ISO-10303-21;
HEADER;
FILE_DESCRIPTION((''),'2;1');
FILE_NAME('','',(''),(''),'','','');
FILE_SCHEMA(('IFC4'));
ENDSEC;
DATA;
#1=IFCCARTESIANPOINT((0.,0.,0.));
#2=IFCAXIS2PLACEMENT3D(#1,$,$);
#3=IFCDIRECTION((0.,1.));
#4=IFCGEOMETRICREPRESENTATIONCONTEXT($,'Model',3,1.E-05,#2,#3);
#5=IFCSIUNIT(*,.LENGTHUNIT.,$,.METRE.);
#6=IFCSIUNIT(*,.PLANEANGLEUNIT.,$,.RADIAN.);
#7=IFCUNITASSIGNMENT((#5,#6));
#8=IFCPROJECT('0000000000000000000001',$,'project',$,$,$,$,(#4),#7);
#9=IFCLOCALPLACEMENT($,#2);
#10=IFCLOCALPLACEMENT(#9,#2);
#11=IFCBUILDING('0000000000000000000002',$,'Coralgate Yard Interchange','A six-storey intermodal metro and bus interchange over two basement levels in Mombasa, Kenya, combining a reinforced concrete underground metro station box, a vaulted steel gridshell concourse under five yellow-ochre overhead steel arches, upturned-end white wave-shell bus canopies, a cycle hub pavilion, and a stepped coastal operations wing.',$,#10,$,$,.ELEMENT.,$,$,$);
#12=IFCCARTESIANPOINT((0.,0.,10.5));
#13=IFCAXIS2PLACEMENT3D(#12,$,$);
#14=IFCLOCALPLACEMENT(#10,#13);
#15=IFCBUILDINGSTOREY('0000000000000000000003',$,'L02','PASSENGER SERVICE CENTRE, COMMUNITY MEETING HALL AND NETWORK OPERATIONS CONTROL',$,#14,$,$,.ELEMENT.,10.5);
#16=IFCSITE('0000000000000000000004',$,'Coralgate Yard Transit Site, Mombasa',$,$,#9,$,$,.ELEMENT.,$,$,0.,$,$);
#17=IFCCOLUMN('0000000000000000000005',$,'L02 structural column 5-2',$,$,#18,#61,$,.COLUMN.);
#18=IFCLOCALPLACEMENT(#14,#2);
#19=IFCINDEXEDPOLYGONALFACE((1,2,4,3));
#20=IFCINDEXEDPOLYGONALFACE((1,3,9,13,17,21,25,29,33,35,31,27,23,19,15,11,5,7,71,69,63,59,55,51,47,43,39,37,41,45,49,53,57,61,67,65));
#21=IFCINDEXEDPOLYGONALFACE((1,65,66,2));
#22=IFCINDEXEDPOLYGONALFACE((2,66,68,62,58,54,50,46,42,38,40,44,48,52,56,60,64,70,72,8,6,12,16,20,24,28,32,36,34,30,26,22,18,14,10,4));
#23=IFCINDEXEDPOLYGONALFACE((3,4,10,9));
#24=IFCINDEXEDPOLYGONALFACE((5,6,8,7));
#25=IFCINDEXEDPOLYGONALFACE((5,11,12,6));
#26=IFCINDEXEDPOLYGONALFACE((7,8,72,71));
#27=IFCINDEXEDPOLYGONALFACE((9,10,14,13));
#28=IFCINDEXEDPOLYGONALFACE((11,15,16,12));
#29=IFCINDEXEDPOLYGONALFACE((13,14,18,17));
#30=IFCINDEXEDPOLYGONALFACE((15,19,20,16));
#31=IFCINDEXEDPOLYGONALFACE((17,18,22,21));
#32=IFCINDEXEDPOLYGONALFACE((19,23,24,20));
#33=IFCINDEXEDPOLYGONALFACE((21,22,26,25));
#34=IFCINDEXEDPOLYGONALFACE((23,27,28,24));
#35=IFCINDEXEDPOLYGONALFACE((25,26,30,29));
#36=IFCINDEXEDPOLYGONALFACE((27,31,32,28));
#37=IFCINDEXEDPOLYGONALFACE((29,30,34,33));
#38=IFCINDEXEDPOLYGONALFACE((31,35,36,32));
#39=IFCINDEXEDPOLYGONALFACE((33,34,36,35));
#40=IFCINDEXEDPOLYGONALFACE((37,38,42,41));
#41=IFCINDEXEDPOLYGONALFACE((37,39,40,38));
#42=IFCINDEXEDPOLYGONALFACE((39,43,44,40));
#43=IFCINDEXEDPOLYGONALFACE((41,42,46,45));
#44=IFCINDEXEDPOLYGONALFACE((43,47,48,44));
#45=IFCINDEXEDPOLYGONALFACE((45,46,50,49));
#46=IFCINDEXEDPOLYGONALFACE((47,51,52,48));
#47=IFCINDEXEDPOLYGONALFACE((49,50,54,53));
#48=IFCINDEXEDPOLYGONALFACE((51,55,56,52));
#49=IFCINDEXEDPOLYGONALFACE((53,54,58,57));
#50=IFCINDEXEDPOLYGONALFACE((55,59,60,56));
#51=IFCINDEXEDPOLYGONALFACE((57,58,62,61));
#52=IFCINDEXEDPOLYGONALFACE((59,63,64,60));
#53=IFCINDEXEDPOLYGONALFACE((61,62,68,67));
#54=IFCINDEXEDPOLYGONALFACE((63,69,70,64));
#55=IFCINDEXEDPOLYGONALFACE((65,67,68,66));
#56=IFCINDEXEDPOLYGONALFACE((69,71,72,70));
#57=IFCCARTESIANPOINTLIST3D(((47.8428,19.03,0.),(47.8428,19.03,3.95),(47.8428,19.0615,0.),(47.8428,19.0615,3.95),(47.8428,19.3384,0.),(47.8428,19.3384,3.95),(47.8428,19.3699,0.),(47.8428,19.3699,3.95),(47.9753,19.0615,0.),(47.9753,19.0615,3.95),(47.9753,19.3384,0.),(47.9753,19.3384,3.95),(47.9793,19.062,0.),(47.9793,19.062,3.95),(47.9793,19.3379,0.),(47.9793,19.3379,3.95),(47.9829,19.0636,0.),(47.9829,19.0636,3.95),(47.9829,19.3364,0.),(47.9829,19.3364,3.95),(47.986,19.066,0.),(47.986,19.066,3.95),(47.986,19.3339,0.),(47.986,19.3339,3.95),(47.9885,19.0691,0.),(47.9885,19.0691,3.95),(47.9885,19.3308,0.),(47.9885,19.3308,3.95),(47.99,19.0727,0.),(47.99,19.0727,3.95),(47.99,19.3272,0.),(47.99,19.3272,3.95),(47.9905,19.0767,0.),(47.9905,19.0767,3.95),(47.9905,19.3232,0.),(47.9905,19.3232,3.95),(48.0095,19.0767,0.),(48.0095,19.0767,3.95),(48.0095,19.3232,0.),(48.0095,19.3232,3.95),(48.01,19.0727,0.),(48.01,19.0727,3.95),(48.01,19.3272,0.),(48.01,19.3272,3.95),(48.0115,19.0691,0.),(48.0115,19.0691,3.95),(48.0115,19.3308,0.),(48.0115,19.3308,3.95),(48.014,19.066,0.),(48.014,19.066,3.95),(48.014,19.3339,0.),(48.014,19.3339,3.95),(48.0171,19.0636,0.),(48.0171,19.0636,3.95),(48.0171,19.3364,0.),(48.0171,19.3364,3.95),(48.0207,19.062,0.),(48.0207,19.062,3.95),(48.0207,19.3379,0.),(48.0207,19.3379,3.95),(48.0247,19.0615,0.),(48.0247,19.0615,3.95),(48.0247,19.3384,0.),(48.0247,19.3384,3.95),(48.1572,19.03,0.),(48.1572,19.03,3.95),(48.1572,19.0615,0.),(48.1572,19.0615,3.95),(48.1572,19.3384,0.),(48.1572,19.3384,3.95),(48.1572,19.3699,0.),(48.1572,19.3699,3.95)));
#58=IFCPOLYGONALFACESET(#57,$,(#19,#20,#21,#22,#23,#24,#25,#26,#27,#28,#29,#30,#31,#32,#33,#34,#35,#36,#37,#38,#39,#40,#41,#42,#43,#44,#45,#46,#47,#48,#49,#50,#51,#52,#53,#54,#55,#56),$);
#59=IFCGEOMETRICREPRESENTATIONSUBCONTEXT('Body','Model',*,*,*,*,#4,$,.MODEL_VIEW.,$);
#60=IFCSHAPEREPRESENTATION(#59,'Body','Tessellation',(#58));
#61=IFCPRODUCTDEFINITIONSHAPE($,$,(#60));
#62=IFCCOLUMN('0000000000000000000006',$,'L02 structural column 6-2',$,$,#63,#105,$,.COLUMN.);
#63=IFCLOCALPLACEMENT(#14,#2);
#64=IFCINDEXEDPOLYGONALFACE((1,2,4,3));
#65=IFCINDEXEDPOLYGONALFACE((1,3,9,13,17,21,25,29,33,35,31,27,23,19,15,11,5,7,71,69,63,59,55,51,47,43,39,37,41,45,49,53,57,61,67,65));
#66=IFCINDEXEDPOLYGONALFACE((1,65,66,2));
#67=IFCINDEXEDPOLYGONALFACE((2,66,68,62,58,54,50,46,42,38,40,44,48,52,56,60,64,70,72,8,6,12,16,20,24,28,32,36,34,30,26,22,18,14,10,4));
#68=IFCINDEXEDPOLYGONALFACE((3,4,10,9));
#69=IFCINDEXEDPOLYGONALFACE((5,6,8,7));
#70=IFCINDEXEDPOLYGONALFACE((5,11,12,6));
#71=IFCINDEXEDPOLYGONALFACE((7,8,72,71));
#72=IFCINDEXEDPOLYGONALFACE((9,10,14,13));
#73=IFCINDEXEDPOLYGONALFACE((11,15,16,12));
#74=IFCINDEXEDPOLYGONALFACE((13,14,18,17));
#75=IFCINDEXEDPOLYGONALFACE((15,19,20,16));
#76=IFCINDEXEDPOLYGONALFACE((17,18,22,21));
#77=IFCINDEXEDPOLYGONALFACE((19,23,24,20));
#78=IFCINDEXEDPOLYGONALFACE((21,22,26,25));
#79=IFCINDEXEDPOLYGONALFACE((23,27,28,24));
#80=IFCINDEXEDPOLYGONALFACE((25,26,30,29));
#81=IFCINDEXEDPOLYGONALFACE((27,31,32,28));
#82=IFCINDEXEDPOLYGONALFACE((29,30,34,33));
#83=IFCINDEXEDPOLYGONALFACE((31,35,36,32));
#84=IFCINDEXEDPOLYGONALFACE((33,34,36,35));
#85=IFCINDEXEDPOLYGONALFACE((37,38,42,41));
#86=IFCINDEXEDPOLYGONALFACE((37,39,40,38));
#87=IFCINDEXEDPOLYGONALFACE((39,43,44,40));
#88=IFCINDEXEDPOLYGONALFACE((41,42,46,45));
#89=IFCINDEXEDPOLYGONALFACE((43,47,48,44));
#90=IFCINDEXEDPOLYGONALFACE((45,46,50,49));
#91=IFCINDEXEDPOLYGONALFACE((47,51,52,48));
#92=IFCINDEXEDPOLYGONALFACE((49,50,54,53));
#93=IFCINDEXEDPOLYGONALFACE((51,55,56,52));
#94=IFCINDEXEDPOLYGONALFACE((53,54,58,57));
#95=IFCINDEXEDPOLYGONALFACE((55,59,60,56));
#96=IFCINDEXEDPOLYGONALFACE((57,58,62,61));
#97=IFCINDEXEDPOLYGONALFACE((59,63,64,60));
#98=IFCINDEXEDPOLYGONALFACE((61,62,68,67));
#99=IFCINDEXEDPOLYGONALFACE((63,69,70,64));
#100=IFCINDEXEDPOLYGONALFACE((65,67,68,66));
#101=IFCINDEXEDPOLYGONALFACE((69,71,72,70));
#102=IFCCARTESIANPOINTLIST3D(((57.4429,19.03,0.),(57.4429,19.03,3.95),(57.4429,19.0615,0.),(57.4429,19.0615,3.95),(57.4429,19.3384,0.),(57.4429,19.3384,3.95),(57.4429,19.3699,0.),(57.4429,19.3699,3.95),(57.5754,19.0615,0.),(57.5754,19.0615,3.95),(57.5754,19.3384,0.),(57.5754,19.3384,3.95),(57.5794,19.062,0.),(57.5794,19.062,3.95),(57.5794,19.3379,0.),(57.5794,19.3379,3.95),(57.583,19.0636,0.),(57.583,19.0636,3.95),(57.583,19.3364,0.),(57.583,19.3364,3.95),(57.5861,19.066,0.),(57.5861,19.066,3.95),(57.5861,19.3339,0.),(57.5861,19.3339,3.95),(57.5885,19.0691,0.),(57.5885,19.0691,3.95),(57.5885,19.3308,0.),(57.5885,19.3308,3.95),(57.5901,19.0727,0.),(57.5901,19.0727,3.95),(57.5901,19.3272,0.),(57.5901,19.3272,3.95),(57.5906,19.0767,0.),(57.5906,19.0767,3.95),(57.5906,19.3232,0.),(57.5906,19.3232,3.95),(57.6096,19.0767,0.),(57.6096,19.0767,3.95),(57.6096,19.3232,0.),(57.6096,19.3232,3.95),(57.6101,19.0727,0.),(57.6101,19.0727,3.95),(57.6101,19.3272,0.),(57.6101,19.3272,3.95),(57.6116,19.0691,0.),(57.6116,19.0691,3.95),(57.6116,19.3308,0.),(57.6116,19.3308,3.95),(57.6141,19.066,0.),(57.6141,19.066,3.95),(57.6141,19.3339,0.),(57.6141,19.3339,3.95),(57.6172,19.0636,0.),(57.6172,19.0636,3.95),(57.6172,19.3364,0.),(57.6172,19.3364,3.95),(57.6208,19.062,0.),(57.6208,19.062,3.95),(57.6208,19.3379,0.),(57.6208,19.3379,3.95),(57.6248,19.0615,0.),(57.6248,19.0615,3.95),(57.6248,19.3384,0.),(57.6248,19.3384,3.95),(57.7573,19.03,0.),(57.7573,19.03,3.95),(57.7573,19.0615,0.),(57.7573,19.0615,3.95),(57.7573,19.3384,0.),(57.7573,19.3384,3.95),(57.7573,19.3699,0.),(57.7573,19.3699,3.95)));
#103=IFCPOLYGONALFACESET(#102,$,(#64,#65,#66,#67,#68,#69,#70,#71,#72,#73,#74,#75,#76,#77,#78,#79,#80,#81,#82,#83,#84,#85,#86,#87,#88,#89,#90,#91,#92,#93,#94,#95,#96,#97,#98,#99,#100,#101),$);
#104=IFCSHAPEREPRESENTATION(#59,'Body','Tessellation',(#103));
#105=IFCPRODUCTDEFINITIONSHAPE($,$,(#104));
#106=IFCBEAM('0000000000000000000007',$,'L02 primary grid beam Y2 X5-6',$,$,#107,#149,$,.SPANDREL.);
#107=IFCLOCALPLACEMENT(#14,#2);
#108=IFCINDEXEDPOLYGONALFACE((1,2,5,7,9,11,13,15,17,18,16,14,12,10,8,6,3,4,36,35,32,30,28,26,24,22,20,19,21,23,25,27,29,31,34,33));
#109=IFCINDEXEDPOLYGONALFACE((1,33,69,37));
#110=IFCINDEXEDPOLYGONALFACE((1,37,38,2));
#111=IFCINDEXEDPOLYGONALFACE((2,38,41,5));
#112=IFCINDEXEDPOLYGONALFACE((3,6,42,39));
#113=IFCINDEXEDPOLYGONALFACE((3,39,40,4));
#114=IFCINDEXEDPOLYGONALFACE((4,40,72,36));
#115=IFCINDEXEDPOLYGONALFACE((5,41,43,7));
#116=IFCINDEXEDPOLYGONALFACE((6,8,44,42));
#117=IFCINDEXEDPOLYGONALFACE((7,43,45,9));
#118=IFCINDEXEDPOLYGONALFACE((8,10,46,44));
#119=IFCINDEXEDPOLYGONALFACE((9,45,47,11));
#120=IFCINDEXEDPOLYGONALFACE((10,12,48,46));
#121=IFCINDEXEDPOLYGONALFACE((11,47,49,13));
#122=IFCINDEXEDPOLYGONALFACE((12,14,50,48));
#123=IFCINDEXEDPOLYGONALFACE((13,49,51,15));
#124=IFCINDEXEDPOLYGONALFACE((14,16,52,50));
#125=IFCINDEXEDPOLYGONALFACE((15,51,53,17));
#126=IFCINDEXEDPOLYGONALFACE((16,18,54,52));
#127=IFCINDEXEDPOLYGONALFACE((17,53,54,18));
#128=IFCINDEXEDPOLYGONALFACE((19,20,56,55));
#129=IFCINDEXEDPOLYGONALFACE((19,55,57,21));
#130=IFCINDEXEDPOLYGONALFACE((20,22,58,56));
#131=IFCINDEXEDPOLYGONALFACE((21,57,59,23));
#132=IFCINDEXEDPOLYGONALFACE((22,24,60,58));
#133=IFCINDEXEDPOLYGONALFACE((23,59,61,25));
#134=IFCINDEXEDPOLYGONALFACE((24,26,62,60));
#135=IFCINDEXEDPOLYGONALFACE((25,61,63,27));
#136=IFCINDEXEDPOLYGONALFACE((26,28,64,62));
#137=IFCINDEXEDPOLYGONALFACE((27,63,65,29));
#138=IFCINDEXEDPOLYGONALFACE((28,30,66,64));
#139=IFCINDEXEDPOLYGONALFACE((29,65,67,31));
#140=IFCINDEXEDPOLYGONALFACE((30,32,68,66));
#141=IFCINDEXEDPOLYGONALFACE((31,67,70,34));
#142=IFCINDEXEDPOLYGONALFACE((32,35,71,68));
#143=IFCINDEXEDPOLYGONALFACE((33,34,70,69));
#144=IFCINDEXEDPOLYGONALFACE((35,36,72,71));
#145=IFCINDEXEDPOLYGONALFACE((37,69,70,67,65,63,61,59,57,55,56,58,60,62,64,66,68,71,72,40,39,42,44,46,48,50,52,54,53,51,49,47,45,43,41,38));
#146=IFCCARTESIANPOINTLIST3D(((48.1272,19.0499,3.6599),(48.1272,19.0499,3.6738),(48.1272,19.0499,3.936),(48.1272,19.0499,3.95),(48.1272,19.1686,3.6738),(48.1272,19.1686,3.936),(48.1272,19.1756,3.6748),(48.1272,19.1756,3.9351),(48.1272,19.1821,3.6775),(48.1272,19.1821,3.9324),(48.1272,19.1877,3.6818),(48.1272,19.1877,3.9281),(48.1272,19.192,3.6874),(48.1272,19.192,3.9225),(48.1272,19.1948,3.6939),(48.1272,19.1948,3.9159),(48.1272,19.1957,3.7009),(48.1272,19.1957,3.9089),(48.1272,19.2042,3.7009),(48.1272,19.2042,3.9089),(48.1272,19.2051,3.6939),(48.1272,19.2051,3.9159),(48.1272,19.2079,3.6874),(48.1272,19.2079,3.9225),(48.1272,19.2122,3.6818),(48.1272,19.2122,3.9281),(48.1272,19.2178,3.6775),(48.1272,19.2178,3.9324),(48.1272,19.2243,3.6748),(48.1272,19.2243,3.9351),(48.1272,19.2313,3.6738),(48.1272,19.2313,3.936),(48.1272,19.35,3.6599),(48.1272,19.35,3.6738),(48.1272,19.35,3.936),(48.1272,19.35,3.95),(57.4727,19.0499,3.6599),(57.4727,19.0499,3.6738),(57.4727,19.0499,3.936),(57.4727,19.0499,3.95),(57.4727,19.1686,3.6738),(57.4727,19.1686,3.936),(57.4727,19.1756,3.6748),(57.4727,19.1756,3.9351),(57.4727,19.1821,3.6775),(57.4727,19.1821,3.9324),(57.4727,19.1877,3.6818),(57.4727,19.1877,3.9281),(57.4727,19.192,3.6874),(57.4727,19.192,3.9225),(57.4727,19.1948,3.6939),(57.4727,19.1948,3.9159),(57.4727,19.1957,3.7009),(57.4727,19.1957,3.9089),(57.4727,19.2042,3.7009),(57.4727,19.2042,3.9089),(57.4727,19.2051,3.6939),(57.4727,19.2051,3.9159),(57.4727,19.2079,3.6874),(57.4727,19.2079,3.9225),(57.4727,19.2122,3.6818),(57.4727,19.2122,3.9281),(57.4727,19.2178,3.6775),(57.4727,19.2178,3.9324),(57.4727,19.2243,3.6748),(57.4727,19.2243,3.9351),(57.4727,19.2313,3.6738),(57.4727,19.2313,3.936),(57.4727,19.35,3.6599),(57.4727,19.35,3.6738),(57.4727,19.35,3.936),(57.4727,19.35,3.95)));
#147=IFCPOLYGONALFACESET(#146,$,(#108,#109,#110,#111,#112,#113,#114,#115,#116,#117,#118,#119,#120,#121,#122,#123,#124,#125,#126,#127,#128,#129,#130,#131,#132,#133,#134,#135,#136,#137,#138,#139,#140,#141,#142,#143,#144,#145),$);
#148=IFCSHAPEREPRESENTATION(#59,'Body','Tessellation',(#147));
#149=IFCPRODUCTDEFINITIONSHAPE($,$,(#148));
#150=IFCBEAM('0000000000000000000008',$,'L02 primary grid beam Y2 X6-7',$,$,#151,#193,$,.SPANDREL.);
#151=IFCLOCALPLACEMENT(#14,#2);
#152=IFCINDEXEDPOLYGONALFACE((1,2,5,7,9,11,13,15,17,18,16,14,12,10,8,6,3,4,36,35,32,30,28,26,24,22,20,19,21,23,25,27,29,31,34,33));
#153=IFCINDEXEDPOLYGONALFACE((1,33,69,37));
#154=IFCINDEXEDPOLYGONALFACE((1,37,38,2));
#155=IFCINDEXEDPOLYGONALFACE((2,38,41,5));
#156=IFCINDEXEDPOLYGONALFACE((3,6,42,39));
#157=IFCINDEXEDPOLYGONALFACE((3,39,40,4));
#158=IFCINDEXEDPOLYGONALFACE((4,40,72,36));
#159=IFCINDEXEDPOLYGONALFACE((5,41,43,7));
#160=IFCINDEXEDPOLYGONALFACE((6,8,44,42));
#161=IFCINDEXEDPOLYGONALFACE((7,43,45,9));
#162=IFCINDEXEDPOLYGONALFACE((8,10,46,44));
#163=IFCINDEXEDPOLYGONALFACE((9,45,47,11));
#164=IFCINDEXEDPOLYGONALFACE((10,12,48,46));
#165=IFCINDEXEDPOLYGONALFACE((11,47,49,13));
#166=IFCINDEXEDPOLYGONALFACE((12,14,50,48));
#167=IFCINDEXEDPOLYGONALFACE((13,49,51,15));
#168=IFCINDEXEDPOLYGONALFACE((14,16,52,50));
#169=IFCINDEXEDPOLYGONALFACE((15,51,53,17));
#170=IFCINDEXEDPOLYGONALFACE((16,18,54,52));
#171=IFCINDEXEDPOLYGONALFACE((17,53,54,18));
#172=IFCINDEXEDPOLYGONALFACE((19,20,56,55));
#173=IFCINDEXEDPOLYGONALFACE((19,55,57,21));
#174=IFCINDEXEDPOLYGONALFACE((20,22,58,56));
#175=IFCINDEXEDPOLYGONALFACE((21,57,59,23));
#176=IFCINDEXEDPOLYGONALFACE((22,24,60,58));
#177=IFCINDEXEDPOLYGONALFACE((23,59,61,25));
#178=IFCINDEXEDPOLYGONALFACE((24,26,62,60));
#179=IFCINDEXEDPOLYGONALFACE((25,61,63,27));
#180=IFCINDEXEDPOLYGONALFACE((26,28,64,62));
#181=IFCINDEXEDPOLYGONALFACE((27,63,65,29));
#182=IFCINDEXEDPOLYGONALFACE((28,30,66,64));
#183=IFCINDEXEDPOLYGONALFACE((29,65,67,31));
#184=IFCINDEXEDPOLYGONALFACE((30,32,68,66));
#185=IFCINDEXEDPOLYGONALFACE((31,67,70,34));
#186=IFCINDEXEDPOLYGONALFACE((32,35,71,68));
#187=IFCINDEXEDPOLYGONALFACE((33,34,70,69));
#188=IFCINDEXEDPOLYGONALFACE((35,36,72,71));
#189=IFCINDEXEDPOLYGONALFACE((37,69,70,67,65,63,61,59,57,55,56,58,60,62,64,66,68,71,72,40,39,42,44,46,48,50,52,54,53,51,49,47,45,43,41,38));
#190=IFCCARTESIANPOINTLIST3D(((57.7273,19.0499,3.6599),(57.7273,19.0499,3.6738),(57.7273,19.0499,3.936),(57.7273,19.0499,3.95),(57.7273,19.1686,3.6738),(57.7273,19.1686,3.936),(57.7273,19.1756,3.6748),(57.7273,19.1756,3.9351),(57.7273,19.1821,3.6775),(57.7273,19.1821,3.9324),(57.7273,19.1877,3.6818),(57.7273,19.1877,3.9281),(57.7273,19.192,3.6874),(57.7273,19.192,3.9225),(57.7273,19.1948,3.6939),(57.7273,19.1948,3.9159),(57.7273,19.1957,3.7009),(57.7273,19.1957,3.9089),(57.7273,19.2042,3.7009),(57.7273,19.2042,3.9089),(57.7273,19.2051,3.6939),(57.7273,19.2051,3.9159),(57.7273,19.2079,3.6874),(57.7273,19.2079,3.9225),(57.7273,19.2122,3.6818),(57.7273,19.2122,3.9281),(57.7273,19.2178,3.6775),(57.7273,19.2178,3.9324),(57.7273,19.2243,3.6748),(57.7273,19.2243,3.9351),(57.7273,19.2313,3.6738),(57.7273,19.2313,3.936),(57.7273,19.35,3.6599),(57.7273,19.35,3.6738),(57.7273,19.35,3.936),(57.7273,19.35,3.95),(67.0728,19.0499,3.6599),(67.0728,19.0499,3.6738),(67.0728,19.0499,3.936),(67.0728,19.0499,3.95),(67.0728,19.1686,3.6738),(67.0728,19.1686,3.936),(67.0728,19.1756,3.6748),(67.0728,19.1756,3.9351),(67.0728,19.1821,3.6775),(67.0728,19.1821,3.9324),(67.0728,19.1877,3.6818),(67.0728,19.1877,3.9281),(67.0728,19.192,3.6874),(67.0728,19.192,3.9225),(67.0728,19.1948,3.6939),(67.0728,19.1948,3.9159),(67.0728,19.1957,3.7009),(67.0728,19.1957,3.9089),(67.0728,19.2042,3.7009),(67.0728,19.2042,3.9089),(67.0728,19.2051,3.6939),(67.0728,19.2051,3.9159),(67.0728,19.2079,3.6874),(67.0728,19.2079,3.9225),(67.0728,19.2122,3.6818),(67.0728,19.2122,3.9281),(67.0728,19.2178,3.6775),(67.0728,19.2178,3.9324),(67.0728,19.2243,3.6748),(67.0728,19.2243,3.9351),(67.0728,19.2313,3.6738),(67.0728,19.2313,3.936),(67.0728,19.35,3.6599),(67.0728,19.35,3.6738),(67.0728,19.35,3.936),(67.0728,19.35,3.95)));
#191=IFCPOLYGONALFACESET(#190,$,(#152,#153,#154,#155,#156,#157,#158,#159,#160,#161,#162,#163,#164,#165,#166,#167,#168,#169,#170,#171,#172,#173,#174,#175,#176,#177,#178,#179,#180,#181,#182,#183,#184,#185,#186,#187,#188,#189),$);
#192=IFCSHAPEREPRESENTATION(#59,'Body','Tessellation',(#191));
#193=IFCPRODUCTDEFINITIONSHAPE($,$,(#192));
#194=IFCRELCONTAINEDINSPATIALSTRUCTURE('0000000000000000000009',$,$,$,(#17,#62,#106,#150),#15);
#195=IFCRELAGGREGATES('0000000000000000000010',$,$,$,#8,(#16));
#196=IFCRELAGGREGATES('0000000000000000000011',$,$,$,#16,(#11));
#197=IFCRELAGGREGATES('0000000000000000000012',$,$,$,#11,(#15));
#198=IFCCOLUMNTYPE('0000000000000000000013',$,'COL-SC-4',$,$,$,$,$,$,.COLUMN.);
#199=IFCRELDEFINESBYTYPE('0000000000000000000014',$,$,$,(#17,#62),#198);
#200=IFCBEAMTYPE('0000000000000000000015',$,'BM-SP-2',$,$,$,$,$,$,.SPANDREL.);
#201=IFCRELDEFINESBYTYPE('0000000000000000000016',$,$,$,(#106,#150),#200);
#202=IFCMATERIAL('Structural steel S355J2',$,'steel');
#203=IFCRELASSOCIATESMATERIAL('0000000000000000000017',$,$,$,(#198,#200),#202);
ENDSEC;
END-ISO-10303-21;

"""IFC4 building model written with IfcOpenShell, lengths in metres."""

from ifc_helpers import new_model, si_unit, direction, frame, origin, origin_2d, place, context, subcontext, project, spatial, i_section, extrude, material, material_profile, profile_set, type_object, element, save


model = new_model("IFC4")

# Units and contexts
model_context = context("Model", 3, precision=1e-05, world=origin(), true_north=direction((0.0, 1.0)))
body_context = subcontext(model_context, "Body", "Model", "MODEL_VIEW")
ifc_project = project(units=[si_unit("LENGTHUNIT", "METRE"), si_unit("PLANEANGLEUNIT", "RADIAN")], contexts=[model_context])

# Site, building, storey
site_placement = place(None, origin())
site = spatial("IfcSite", under=ifc_project, at=site_placement, Name="Coralgate Yard Transit Site, Mombasa", CompositionType="ELEMENT", RefElevation=0.0)
building_placement = place(site_placement, origin())
building = spatial("IfcBuilding", under=site, at=building_placement, Name="Coralgate Yard Interchange", Description="A six-storey intermodal metro and bus interchange over two basement levels in Mombasa, Kenya, combining a reinforced concrete underground metro station box, a vaulted steel gridshell concourse under five yellow-ochre overhead steel arches, upturned-end white wave-shell bus canopies, a cycle hub pavilion, and a stepped coastal operations wing.", CompositionType="ELEMENT")
storey_placement = place(building_placement, frame((0.0, 0.0, 10.5)))
storey = spatial("IfcBuildingStorey", under=building, at=storey_placement, Name="L02", Description="PASSENGER SERVICE CENTRE, COMMUNITY MEETING HALL AND NETWORK OPERATIONS CONTROL", CompositionType="ELEMENT", Elevation=10.5)

# Columns
ifc_material_1 = material(Name="Structural steel S355J2", Category="steel")
ifc_material_profile_1 = material_profile(ifc_material_1, i_section(OverallWidth=0.3145, OverallDepth=0.3398, WebThickness=0.019, FlangeThickness=0.0315, FilletRadius=0.0151, at=origin_2d()), Name="UC 305x305x198")
ifc_profile_set_1 = profile_set([ifc_material_profile_1], Name="Structural steel S355J2")
column_type = type_object("IfcColumnType", Name="COL-SC-4", PredefinedType="COLUMN", material=ifc_profile_set_1)
for number, where, z_axis, x_axis, name in (
    (1, (48.0, 19.2, 0.0), (0.0, 0.0, 1.0), (1.0, 0.0, 0.0), "L02 structural column 5-2"),
    (2, (57.6001, 19.2, 0.0), (0.0, 0.0, 1.0), (1.0, 0.0, 0.0), "L02 structural column 6-2"),
):
    element("IfcColumn", number, at=place(storey_placement, frame(where, z_axis=z_axis, x_axis=x_axis)), inside=storey, type_object=column_type, Name=name, PredefinedType="COLUMN", context=body_context, shape_type="SweptSolid", body=[
        extrude(i_section(OverallWidth=0.3145, OverallDepth=0.3398, WebThickness=0.019, FlangeThickness=0.0315, FilletRadius=0.0151, at=origin_2d()), origin(), (0.0, 0.0, 1.0), 3.95),
    ])

# Beams
ifc_material_profile_2 = material_profile(ifc_material_1, i_section(OverallWidth=0.3, OverallDepth=0.29, WebThickness=0.0085, FlangeThickness=0.0139, FilletRadius=0.0271, at=origin_2d()), Name="HEA 300")
ifc_profile_set_2 = profile_set([ifc_material_profile_2], Name="Structural steel S355J2")
beam_type = type_object("IfcBeamType", Name="BM-SP-2", PredefinedType="SPANDREL", material=ifc_profile_set_2)
for number, where, z_axis, x_axis, name in (
    (3, (48.1272, 19.2, 3.8049), (1.0, 0.0, 0.0), (0.0, 1.0, 0.0), "L02 primary grid beam Y2 X5-6"),
    (4, (57.7273, 19.2, 3.8049), (1.0, 0.0, 0.0), (0.0, 1.0, 0.0), "L02 primary grid beam Y2 X6-7"),
):
    element("IfcBeam", number, at=place(storey_placement, frame(where, z_axis=z_axis, x_axis=x_axis)), inside=storey, type_object=beam_type, Name=name, PredefinedType="SPANDREL", context=body_context, shape_type="SweptSolid", body=[
        extrude(i_section(OverallWidth=0.3, OverallDepth=0.29, WebThickness=0.0085, FlangeThickness=0.0139, FilletRadius=0.0271, at=origin_2d()), origin(), (0.0, 0.0, 1.0), 9.3455),
    ])

save(model, "model.ifc")
